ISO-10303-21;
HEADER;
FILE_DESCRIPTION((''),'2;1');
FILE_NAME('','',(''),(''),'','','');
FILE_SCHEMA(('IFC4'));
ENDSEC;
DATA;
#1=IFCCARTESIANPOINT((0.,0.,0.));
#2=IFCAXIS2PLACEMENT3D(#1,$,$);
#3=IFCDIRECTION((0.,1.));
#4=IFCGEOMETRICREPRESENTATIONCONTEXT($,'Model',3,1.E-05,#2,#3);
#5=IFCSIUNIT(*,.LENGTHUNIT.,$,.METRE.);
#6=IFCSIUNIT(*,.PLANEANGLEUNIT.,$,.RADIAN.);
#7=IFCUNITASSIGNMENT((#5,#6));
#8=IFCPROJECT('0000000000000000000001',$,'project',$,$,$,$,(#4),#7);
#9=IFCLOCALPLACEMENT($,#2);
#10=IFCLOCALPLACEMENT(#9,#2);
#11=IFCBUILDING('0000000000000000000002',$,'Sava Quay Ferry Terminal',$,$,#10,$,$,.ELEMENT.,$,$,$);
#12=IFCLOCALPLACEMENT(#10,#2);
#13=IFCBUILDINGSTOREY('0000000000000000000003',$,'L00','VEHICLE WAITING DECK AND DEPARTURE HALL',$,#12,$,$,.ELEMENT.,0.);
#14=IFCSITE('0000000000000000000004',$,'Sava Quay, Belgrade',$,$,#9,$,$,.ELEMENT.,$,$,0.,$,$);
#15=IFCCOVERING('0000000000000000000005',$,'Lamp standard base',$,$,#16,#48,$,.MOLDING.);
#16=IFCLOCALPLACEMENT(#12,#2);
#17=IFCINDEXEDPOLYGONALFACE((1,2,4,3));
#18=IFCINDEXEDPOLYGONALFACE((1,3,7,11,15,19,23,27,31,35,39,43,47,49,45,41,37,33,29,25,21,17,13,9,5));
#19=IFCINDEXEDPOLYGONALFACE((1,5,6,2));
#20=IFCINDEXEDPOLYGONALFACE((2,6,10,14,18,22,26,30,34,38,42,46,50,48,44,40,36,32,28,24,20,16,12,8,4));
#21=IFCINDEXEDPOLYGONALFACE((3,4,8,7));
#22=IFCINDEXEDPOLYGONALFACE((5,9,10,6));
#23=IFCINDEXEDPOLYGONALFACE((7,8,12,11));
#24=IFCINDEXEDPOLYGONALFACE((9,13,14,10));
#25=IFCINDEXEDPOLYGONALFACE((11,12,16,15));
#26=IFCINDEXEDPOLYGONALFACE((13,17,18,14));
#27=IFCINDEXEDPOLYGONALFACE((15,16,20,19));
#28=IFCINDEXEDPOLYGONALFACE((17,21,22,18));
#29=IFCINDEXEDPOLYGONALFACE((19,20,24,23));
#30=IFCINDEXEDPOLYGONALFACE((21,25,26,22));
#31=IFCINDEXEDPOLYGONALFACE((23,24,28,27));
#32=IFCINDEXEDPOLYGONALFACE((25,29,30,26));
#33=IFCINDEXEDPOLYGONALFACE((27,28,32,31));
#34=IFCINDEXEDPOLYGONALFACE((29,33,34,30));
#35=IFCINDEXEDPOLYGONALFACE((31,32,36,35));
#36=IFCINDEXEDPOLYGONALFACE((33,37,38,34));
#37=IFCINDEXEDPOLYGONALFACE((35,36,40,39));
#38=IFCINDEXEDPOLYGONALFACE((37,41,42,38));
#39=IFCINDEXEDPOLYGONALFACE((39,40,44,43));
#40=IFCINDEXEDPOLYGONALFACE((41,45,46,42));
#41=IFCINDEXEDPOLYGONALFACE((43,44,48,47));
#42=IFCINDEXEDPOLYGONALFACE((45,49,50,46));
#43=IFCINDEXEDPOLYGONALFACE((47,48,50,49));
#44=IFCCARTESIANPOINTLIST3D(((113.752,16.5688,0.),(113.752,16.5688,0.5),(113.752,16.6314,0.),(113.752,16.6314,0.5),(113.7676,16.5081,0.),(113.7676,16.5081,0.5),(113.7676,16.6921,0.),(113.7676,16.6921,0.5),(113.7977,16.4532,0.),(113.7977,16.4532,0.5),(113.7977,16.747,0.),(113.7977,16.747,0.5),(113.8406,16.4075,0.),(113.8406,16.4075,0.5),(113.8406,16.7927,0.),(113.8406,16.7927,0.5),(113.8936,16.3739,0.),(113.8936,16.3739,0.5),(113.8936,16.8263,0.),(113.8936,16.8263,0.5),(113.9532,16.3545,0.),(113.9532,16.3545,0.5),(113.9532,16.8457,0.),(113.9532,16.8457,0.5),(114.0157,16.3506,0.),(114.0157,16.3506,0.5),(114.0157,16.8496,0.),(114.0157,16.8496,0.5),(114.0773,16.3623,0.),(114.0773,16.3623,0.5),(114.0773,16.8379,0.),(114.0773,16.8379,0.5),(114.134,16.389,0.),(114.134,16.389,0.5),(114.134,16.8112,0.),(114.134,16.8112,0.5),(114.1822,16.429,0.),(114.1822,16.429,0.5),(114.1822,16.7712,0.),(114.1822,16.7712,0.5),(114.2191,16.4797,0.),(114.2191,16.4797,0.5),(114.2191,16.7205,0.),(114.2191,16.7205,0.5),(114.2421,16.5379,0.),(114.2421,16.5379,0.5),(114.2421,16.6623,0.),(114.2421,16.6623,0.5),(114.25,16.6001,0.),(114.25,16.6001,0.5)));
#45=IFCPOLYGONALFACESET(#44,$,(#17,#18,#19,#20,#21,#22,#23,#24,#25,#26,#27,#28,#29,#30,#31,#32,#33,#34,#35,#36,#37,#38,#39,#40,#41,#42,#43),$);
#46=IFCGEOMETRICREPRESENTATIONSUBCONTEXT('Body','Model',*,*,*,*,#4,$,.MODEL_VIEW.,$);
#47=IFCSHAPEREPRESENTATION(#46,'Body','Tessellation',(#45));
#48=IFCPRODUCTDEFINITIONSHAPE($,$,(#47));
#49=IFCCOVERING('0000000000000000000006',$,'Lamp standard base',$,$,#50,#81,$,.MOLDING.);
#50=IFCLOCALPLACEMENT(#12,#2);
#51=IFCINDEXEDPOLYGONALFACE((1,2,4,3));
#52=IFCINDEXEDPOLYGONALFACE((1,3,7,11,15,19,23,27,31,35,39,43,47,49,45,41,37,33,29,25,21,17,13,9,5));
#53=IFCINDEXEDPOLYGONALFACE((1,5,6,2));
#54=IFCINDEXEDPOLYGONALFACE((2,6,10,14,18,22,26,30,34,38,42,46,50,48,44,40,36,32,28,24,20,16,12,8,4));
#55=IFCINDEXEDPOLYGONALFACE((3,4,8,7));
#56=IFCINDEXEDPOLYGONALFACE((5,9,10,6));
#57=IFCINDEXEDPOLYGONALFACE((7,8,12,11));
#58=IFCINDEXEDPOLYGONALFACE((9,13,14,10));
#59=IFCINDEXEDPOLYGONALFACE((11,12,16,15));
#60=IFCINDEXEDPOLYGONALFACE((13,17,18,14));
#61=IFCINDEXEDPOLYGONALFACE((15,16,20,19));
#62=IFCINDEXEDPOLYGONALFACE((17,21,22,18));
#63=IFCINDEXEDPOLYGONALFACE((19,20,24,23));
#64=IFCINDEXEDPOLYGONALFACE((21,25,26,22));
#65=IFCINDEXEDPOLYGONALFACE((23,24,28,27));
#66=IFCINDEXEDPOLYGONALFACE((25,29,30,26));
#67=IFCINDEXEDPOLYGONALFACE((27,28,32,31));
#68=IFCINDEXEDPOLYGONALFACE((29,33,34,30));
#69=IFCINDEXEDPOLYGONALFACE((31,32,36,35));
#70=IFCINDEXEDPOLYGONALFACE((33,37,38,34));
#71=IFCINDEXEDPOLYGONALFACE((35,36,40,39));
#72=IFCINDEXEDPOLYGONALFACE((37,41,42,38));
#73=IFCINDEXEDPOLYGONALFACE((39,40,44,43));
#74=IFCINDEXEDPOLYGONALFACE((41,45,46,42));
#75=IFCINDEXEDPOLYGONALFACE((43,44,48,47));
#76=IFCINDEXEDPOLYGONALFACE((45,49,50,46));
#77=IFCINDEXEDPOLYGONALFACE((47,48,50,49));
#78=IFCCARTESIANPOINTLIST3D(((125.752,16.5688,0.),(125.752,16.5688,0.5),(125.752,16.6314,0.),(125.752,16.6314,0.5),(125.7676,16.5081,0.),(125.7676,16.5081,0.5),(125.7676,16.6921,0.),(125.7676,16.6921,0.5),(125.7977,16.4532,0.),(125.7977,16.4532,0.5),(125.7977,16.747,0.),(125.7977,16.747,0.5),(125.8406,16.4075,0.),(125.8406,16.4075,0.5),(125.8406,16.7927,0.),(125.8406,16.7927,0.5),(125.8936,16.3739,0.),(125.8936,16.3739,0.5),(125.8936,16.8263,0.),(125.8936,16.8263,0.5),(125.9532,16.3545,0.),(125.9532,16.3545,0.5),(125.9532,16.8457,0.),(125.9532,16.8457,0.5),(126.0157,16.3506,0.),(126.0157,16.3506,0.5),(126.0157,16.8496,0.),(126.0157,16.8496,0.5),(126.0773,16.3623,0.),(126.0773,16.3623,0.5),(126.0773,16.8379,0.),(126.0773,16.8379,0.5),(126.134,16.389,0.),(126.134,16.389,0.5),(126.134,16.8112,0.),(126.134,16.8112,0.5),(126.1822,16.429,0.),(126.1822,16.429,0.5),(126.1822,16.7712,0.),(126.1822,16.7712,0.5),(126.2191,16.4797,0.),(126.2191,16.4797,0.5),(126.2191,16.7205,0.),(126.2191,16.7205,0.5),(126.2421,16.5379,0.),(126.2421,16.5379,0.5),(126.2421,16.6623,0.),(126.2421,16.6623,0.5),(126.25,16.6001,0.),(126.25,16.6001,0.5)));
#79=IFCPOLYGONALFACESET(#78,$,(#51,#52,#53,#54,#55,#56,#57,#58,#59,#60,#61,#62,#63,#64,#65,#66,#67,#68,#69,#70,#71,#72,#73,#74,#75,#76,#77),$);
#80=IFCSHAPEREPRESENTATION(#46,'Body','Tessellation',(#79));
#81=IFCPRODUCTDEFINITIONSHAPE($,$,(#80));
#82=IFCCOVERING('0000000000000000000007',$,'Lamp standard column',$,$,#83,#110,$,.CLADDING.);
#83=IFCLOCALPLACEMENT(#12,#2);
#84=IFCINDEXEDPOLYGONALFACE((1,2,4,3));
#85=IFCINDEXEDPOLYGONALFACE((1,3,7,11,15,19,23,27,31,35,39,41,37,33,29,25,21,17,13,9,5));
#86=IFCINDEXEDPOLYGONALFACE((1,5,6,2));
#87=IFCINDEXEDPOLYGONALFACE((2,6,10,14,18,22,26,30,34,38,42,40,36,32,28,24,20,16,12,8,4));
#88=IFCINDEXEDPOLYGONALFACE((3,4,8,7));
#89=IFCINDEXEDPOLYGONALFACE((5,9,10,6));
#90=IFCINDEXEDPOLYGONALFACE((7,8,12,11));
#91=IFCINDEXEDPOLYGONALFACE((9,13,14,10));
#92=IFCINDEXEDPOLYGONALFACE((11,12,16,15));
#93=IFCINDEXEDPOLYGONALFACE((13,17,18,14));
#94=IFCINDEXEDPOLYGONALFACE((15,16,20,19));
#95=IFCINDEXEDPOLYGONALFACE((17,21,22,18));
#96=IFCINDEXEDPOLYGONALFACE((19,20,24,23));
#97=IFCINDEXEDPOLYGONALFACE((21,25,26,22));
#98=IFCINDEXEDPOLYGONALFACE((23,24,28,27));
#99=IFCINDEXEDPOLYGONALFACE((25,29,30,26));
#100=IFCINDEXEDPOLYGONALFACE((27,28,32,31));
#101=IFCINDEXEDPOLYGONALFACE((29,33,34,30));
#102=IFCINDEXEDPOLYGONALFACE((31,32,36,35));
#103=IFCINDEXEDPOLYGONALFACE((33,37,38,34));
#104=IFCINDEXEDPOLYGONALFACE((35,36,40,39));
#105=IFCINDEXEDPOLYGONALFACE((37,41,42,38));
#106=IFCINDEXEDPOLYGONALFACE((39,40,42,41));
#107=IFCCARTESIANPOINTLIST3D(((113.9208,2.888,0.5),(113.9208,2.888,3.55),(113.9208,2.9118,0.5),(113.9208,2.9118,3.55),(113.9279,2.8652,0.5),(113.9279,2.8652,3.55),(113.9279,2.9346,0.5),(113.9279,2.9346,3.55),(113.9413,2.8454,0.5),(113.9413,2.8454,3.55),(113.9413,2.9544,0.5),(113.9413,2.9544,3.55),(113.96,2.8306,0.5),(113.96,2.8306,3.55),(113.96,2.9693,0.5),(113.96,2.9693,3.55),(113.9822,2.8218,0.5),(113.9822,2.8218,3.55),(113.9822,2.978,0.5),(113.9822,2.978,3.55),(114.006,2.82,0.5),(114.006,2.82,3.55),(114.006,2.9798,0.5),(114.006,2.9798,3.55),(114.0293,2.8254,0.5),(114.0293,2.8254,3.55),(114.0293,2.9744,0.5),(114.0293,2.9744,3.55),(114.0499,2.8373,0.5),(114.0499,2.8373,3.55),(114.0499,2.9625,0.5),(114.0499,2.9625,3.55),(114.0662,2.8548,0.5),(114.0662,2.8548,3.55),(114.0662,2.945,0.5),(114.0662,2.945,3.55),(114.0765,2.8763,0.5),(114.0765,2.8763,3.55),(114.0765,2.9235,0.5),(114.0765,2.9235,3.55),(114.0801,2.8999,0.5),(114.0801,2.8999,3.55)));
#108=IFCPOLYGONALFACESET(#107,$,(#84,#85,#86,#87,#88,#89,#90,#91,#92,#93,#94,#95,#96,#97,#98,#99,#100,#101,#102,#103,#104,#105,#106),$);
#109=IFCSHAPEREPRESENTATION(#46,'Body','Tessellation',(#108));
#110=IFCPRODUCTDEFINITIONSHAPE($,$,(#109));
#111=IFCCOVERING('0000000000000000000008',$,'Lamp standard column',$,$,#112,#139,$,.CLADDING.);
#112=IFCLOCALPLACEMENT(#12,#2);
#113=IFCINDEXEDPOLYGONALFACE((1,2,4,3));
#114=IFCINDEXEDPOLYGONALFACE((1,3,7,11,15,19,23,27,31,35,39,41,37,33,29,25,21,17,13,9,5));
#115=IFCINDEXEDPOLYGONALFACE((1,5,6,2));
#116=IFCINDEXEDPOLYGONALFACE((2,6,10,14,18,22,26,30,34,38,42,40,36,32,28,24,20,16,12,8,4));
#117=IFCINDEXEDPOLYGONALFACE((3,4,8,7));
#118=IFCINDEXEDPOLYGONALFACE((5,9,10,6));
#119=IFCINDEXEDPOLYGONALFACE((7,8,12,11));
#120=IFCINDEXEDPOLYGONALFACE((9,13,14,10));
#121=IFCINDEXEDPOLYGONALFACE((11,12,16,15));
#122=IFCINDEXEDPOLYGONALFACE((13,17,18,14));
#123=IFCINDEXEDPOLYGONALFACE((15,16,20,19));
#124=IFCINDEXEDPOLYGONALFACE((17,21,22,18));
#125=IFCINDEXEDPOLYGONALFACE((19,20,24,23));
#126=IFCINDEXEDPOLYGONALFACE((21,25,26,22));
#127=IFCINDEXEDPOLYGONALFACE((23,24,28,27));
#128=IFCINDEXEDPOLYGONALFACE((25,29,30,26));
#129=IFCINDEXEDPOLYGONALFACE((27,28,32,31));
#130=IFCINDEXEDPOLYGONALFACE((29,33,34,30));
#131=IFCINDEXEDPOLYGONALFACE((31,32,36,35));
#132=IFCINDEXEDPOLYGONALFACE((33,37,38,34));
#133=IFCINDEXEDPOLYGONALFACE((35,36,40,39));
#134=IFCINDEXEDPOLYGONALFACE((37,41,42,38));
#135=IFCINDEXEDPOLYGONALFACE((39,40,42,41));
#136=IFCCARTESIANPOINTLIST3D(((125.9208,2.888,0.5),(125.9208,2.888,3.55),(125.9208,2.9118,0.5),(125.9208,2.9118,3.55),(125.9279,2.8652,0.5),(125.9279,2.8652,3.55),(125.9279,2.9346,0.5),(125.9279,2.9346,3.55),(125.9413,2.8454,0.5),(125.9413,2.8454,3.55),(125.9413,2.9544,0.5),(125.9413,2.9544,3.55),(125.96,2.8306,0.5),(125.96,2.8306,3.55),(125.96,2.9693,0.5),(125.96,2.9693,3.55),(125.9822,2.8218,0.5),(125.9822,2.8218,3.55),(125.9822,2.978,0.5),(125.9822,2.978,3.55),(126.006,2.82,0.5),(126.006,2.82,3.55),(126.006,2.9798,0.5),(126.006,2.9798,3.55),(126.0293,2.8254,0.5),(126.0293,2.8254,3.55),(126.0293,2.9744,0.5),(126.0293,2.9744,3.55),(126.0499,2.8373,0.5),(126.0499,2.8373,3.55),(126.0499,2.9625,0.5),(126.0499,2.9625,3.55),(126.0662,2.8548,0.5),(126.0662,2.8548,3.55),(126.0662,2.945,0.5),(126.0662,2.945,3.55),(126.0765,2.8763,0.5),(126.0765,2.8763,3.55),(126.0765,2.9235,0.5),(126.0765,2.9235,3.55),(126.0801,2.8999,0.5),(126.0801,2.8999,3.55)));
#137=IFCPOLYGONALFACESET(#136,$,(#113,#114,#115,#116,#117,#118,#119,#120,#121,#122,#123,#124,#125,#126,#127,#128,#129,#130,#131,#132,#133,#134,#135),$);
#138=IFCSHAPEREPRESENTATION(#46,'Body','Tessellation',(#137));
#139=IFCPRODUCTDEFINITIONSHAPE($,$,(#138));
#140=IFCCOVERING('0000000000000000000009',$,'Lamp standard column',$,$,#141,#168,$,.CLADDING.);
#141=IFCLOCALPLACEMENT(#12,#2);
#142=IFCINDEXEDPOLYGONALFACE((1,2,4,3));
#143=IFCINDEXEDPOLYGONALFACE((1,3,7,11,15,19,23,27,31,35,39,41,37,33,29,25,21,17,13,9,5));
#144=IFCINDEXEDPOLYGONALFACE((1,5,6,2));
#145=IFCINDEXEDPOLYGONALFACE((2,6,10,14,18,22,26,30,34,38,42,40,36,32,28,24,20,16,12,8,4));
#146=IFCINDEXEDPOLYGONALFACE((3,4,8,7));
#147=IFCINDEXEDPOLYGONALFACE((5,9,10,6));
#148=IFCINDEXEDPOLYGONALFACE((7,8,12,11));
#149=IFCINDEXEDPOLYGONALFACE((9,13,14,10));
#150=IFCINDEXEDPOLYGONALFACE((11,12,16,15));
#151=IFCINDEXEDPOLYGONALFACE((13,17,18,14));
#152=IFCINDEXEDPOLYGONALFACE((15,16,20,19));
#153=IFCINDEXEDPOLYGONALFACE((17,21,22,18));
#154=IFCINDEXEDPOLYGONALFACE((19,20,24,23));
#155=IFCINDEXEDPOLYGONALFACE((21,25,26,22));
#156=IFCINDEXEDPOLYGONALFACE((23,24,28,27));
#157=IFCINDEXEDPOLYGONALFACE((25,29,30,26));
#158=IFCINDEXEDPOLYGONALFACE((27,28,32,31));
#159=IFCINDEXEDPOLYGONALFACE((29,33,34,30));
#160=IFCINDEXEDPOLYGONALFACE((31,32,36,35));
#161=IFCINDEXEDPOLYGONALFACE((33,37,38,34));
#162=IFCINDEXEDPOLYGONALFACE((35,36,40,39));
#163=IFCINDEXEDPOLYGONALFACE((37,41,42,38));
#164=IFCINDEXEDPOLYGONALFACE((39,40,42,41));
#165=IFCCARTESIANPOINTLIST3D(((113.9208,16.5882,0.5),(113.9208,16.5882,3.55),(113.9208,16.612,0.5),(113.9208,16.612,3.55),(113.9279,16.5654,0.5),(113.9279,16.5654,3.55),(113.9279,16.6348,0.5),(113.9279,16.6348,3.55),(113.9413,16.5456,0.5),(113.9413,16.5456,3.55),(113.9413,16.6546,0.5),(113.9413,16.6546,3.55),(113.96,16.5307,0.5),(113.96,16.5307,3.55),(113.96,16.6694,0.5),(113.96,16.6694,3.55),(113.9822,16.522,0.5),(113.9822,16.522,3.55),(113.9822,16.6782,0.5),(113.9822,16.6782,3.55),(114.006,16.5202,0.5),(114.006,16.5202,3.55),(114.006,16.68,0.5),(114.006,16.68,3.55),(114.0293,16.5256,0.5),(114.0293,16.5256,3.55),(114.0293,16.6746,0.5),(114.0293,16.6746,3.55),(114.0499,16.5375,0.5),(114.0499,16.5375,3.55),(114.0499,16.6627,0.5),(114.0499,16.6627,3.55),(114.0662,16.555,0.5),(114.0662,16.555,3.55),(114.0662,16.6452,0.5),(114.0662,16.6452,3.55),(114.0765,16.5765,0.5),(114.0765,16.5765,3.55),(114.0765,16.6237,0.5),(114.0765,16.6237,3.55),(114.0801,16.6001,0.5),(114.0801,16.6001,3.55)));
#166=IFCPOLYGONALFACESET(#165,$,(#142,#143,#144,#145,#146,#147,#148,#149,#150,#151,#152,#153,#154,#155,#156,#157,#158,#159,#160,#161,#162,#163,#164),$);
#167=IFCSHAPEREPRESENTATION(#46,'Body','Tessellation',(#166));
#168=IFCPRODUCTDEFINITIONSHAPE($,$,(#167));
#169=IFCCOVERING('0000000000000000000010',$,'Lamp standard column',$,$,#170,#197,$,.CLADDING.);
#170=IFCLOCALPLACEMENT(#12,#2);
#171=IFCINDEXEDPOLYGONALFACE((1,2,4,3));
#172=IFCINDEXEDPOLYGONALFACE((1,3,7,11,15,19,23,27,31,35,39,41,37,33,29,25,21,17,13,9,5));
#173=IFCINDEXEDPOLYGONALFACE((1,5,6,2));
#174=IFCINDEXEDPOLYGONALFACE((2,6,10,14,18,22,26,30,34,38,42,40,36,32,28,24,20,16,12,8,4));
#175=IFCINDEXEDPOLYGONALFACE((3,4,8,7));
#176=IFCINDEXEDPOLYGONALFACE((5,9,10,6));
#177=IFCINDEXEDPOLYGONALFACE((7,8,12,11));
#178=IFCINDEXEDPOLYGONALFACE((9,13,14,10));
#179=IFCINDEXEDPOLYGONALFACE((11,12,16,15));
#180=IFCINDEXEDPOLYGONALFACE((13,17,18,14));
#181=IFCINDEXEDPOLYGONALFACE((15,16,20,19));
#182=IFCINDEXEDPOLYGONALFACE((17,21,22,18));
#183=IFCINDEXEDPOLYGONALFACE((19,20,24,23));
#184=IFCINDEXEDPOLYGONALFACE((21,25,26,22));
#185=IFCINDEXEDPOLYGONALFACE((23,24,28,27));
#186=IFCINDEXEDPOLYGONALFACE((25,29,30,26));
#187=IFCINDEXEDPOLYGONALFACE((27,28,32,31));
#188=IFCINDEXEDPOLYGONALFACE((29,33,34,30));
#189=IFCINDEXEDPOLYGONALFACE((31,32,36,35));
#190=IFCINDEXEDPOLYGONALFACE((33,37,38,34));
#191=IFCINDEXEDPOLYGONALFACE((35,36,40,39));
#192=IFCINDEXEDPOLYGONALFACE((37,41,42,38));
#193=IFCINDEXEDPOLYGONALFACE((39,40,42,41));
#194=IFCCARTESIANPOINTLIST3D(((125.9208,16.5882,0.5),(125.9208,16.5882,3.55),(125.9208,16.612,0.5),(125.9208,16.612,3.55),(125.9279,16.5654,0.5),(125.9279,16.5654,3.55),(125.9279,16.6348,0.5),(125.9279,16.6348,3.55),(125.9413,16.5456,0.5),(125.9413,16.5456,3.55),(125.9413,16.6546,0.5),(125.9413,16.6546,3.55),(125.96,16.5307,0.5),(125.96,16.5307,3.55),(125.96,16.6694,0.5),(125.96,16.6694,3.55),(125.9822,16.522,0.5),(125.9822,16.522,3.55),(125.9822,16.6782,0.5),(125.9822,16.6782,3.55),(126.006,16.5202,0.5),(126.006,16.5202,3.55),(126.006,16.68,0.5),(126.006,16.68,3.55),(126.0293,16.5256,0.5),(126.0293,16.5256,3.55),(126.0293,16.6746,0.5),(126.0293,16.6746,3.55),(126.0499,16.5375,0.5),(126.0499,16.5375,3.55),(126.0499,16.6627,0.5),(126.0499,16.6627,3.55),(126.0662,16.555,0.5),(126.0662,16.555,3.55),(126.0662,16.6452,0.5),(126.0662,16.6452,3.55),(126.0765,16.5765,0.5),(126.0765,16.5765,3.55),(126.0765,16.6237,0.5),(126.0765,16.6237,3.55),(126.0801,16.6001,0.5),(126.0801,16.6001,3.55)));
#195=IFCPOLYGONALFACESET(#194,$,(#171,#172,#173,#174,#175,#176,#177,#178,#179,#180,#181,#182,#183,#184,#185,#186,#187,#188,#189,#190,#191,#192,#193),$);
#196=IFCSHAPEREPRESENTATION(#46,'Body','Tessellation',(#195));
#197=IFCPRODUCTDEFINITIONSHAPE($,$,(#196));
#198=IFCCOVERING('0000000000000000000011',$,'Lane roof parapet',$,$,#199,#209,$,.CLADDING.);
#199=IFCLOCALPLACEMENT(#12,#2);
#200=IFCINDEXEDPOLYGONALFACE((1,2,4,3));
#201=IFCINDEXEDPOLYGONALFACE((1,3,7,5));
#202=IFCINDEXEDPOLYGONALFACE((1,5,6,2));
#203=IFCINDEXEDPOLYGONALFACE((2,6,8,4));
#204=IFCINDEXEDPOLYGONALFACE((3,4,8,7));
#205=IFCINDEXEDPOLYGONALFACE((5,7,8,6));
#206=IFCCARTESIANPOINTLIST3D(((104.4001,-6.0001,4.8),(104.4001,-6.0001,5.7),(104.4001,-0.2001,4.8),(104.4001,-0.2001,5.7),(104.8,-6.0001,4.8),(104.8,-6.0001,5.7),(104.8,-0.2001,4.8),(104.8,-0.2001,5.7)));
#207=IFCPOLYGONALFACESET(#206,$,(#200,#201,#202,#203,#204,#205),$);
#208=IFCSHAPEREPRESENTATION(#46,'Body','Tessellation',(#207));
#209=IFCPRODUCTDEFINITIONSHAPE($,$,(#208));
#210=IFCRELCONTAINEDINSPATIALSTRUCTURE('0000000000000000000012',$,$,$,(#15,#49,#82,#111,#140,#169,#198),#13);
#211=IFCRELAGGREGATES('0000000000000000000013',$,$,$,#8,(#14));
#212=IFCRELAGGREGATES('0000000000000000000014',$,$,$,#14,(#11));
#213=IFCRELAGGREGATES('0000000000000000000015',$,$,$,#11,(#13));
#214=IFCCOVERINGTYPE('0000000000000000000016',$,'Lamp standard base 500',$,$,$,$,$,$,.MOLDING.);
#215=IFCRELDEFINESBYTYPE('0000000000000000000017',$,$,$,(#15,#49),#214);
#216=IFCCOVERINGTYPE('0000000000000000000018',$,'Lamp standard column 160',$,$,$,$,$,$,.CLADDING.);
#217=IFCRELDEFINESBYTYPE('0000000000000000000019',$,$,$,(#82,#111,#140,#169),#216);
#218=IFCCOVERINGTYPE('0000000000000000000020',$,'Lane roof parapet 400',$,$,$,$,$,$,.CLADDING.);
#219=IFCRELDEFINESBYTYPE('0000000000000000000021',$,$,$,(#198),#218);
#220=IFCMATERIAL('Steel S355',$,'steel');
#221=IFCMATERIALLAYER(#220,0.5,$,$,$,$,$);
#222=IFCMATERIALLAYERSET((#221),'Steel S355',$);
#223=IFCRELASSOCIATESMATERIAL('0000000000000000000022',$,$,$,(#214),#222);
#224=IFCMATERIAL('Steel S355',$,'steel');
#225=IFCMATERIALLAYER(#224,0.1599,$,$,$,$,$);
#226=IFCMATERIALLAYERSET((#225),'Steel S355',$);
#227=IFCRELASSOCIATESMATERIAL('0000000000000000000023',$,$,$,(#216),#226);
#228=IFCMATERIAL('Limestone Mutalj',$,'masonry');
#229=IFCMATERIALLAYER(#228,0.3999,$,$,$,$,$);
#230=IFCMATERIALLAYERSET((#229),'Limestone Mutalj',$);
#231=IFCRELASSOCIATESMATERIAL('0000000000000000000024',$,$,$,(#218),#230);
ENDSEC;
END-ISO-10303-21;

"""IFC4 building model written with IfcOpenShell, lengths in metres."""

from ifc_helpers import new_model, si_unit, direction, frame, origin, origin_2d, place, context, subcontext, project, spatial, rectangle, circle, extrude, material, layer, layer_set, type_object, element, save


model = new_model("IFC4")

# Units and contexts
model_context = context("Model", 3, precision=1e-05, world=origin(), true_north=direction((0.0, 1.0)))
body_context = subcontext(model_context, "Body", "Model", "MODEL_VIEW")
ifc_project = project(units=[si_unit("LENGTHUNIT", "METRE"), si_unit("PLANEANGLEUNIT", "RADIAN")], contexts=[model_context])

# Site, building, storey
site_placement = place(None, origin())
site = spatial("IfcSite", under=ifc_project, at=site_placement, Name="Sava Quay, Belgrade", CompositionType="ELEMENT", RefElevation=0.0)
building_placement = place(site_placement, origin())
building = spatial("IfcBuilding", under=site, at=building_placement, Name="Sava Quay Ferry Terminal", CompositionType="ELEMENT")
storey_placement = place(building_placement, origin())
storey = spatial("IfcBuildingStorey", under=building, at=storey_placement, Name="L00", Description="VEHICLE WAITING DECK AND DEPARTURE HALL", CompositionType="ELEMENT", Elevation=0.0)

# Coverings
ifc_material_1 = material(Name="Steel S355", Category="steel")
ifc_layer_1 = layer(ifc_material_1, 0.5)
ifc_layer_set_1 = layer_set([ifc_layer_1], Name="Steel S355")
covering_type_1 = type_object("IfcCoveringType", Name="Lamp standard base 500", PredefinedType="MOLDING", material=ifc_layer_set_1)
for number, where, z_axis, x_axis, name in (
    (1, (114.0, 16.6001, 0.5), (0.0, 0.0, -1.0), (1.0, 0.0, 0.0), "Lamp standard base"),
    (2, (126.0, 16.6001, 0.5), (0.0, 0.0, -1.0), (1.0, 0.0, 0.0), "Lamp standard base"),
):
    element("IfcCovering", number, at=place(storey_placement, frame(where, z_axis=z_axis, x_axis=x_axis)), inside=storey, type_object=covering_type_1, Name=name, PredefinedType="MOLDING", context=body_context, shape_type="SweptSolid", body=[
        extrude(circle(Radius=0.25, at=origin_2d()), origin(), (0.0, 0.0, 1.0), 0.5),
    ])
ifc_material_2 = material(Name="Steel S355", Category="steel")
ifc_layer_2 = layer(ifc_material_2, 0.1599)
ifc_layer_set_2 = layer_set([ifc_layer_2], Name="Steel S355")
covering_type_2 = type_object("IfcCoveringType", Name="Lamp standard column 160", PredefinedType="CLADDING", material=ifc_layer_set_2)
for number, where, z_axis, x_axis, name in (
    (3, (114.0, 2.8999, 3.55), (0.0, 0.0, -1.0), (1.0, 0.0, 0.0), "Lamp standard column"),
    (4, (126.0, 2.8999, 3.55), (0.0, 0.0, -1.0), (1.0, 0.0, 0.0), "Lamp standard column"),
    (5, (114.0, 16.6001, 3.55), (0.0, 0.0, -1.0), (1.0, 0.0, 0.0), "Lamp standard column"),
    (6, (126.0, 16.6001, 3.55), (0.0, 0.0, -1.0), (1.0, 0.0, 0.0), "Lamp standard column"),
):
    element("IfcCovering", number, at=place(storey_placement, frame(where, z_axis=z_axis, x_axis=x_axis)), inside=storey, type_object=covering_type_2, Name=name, PredefinedType="CLADDING", context=body_context, shape_type="SweptSolid", body=[
        extrude(circle(Radius=0.0801, at=origin_2d()), origin(), (0.0, 0.0, 1.0), 3.05),
    ])
ifc_material_3 = material(Name="Limestone Mutalj", Category="masonry")
ifc_layer_3 = layer(ifc_material_3, 0.3999)
ifc_layer_set_3 = layer_set([ifc_layer_3], Name="Limestone Mutalj")
covering_type_3 = type_object("IfcCoveringType", Name="Lane roof parapet 400", PredefinedType="CLADDING", material=ifc_layer_set_3)
covering_1_placement = place(storey_placement, frame((104.6001, -3.1001, 4.8), z_axis=(0.0, 0.0, 1.0), x_axis=(1.0, 0.0, 0.0)))
element("IfcCovering", 7, at=covering_1_placement, inside=storey, type_object=covering_type_3, Name="Lane roof parapet", PredefinedType="CLADDING", context=body_context, shape_type="SweptSolid", body=[
    extrude(rectangle(XDim=0.3999, YDim=5.8, at=origin_2d()), origin(), (0.0, 0.0, 1.0), 0.8999),
])

save(model, "model.ifc")
